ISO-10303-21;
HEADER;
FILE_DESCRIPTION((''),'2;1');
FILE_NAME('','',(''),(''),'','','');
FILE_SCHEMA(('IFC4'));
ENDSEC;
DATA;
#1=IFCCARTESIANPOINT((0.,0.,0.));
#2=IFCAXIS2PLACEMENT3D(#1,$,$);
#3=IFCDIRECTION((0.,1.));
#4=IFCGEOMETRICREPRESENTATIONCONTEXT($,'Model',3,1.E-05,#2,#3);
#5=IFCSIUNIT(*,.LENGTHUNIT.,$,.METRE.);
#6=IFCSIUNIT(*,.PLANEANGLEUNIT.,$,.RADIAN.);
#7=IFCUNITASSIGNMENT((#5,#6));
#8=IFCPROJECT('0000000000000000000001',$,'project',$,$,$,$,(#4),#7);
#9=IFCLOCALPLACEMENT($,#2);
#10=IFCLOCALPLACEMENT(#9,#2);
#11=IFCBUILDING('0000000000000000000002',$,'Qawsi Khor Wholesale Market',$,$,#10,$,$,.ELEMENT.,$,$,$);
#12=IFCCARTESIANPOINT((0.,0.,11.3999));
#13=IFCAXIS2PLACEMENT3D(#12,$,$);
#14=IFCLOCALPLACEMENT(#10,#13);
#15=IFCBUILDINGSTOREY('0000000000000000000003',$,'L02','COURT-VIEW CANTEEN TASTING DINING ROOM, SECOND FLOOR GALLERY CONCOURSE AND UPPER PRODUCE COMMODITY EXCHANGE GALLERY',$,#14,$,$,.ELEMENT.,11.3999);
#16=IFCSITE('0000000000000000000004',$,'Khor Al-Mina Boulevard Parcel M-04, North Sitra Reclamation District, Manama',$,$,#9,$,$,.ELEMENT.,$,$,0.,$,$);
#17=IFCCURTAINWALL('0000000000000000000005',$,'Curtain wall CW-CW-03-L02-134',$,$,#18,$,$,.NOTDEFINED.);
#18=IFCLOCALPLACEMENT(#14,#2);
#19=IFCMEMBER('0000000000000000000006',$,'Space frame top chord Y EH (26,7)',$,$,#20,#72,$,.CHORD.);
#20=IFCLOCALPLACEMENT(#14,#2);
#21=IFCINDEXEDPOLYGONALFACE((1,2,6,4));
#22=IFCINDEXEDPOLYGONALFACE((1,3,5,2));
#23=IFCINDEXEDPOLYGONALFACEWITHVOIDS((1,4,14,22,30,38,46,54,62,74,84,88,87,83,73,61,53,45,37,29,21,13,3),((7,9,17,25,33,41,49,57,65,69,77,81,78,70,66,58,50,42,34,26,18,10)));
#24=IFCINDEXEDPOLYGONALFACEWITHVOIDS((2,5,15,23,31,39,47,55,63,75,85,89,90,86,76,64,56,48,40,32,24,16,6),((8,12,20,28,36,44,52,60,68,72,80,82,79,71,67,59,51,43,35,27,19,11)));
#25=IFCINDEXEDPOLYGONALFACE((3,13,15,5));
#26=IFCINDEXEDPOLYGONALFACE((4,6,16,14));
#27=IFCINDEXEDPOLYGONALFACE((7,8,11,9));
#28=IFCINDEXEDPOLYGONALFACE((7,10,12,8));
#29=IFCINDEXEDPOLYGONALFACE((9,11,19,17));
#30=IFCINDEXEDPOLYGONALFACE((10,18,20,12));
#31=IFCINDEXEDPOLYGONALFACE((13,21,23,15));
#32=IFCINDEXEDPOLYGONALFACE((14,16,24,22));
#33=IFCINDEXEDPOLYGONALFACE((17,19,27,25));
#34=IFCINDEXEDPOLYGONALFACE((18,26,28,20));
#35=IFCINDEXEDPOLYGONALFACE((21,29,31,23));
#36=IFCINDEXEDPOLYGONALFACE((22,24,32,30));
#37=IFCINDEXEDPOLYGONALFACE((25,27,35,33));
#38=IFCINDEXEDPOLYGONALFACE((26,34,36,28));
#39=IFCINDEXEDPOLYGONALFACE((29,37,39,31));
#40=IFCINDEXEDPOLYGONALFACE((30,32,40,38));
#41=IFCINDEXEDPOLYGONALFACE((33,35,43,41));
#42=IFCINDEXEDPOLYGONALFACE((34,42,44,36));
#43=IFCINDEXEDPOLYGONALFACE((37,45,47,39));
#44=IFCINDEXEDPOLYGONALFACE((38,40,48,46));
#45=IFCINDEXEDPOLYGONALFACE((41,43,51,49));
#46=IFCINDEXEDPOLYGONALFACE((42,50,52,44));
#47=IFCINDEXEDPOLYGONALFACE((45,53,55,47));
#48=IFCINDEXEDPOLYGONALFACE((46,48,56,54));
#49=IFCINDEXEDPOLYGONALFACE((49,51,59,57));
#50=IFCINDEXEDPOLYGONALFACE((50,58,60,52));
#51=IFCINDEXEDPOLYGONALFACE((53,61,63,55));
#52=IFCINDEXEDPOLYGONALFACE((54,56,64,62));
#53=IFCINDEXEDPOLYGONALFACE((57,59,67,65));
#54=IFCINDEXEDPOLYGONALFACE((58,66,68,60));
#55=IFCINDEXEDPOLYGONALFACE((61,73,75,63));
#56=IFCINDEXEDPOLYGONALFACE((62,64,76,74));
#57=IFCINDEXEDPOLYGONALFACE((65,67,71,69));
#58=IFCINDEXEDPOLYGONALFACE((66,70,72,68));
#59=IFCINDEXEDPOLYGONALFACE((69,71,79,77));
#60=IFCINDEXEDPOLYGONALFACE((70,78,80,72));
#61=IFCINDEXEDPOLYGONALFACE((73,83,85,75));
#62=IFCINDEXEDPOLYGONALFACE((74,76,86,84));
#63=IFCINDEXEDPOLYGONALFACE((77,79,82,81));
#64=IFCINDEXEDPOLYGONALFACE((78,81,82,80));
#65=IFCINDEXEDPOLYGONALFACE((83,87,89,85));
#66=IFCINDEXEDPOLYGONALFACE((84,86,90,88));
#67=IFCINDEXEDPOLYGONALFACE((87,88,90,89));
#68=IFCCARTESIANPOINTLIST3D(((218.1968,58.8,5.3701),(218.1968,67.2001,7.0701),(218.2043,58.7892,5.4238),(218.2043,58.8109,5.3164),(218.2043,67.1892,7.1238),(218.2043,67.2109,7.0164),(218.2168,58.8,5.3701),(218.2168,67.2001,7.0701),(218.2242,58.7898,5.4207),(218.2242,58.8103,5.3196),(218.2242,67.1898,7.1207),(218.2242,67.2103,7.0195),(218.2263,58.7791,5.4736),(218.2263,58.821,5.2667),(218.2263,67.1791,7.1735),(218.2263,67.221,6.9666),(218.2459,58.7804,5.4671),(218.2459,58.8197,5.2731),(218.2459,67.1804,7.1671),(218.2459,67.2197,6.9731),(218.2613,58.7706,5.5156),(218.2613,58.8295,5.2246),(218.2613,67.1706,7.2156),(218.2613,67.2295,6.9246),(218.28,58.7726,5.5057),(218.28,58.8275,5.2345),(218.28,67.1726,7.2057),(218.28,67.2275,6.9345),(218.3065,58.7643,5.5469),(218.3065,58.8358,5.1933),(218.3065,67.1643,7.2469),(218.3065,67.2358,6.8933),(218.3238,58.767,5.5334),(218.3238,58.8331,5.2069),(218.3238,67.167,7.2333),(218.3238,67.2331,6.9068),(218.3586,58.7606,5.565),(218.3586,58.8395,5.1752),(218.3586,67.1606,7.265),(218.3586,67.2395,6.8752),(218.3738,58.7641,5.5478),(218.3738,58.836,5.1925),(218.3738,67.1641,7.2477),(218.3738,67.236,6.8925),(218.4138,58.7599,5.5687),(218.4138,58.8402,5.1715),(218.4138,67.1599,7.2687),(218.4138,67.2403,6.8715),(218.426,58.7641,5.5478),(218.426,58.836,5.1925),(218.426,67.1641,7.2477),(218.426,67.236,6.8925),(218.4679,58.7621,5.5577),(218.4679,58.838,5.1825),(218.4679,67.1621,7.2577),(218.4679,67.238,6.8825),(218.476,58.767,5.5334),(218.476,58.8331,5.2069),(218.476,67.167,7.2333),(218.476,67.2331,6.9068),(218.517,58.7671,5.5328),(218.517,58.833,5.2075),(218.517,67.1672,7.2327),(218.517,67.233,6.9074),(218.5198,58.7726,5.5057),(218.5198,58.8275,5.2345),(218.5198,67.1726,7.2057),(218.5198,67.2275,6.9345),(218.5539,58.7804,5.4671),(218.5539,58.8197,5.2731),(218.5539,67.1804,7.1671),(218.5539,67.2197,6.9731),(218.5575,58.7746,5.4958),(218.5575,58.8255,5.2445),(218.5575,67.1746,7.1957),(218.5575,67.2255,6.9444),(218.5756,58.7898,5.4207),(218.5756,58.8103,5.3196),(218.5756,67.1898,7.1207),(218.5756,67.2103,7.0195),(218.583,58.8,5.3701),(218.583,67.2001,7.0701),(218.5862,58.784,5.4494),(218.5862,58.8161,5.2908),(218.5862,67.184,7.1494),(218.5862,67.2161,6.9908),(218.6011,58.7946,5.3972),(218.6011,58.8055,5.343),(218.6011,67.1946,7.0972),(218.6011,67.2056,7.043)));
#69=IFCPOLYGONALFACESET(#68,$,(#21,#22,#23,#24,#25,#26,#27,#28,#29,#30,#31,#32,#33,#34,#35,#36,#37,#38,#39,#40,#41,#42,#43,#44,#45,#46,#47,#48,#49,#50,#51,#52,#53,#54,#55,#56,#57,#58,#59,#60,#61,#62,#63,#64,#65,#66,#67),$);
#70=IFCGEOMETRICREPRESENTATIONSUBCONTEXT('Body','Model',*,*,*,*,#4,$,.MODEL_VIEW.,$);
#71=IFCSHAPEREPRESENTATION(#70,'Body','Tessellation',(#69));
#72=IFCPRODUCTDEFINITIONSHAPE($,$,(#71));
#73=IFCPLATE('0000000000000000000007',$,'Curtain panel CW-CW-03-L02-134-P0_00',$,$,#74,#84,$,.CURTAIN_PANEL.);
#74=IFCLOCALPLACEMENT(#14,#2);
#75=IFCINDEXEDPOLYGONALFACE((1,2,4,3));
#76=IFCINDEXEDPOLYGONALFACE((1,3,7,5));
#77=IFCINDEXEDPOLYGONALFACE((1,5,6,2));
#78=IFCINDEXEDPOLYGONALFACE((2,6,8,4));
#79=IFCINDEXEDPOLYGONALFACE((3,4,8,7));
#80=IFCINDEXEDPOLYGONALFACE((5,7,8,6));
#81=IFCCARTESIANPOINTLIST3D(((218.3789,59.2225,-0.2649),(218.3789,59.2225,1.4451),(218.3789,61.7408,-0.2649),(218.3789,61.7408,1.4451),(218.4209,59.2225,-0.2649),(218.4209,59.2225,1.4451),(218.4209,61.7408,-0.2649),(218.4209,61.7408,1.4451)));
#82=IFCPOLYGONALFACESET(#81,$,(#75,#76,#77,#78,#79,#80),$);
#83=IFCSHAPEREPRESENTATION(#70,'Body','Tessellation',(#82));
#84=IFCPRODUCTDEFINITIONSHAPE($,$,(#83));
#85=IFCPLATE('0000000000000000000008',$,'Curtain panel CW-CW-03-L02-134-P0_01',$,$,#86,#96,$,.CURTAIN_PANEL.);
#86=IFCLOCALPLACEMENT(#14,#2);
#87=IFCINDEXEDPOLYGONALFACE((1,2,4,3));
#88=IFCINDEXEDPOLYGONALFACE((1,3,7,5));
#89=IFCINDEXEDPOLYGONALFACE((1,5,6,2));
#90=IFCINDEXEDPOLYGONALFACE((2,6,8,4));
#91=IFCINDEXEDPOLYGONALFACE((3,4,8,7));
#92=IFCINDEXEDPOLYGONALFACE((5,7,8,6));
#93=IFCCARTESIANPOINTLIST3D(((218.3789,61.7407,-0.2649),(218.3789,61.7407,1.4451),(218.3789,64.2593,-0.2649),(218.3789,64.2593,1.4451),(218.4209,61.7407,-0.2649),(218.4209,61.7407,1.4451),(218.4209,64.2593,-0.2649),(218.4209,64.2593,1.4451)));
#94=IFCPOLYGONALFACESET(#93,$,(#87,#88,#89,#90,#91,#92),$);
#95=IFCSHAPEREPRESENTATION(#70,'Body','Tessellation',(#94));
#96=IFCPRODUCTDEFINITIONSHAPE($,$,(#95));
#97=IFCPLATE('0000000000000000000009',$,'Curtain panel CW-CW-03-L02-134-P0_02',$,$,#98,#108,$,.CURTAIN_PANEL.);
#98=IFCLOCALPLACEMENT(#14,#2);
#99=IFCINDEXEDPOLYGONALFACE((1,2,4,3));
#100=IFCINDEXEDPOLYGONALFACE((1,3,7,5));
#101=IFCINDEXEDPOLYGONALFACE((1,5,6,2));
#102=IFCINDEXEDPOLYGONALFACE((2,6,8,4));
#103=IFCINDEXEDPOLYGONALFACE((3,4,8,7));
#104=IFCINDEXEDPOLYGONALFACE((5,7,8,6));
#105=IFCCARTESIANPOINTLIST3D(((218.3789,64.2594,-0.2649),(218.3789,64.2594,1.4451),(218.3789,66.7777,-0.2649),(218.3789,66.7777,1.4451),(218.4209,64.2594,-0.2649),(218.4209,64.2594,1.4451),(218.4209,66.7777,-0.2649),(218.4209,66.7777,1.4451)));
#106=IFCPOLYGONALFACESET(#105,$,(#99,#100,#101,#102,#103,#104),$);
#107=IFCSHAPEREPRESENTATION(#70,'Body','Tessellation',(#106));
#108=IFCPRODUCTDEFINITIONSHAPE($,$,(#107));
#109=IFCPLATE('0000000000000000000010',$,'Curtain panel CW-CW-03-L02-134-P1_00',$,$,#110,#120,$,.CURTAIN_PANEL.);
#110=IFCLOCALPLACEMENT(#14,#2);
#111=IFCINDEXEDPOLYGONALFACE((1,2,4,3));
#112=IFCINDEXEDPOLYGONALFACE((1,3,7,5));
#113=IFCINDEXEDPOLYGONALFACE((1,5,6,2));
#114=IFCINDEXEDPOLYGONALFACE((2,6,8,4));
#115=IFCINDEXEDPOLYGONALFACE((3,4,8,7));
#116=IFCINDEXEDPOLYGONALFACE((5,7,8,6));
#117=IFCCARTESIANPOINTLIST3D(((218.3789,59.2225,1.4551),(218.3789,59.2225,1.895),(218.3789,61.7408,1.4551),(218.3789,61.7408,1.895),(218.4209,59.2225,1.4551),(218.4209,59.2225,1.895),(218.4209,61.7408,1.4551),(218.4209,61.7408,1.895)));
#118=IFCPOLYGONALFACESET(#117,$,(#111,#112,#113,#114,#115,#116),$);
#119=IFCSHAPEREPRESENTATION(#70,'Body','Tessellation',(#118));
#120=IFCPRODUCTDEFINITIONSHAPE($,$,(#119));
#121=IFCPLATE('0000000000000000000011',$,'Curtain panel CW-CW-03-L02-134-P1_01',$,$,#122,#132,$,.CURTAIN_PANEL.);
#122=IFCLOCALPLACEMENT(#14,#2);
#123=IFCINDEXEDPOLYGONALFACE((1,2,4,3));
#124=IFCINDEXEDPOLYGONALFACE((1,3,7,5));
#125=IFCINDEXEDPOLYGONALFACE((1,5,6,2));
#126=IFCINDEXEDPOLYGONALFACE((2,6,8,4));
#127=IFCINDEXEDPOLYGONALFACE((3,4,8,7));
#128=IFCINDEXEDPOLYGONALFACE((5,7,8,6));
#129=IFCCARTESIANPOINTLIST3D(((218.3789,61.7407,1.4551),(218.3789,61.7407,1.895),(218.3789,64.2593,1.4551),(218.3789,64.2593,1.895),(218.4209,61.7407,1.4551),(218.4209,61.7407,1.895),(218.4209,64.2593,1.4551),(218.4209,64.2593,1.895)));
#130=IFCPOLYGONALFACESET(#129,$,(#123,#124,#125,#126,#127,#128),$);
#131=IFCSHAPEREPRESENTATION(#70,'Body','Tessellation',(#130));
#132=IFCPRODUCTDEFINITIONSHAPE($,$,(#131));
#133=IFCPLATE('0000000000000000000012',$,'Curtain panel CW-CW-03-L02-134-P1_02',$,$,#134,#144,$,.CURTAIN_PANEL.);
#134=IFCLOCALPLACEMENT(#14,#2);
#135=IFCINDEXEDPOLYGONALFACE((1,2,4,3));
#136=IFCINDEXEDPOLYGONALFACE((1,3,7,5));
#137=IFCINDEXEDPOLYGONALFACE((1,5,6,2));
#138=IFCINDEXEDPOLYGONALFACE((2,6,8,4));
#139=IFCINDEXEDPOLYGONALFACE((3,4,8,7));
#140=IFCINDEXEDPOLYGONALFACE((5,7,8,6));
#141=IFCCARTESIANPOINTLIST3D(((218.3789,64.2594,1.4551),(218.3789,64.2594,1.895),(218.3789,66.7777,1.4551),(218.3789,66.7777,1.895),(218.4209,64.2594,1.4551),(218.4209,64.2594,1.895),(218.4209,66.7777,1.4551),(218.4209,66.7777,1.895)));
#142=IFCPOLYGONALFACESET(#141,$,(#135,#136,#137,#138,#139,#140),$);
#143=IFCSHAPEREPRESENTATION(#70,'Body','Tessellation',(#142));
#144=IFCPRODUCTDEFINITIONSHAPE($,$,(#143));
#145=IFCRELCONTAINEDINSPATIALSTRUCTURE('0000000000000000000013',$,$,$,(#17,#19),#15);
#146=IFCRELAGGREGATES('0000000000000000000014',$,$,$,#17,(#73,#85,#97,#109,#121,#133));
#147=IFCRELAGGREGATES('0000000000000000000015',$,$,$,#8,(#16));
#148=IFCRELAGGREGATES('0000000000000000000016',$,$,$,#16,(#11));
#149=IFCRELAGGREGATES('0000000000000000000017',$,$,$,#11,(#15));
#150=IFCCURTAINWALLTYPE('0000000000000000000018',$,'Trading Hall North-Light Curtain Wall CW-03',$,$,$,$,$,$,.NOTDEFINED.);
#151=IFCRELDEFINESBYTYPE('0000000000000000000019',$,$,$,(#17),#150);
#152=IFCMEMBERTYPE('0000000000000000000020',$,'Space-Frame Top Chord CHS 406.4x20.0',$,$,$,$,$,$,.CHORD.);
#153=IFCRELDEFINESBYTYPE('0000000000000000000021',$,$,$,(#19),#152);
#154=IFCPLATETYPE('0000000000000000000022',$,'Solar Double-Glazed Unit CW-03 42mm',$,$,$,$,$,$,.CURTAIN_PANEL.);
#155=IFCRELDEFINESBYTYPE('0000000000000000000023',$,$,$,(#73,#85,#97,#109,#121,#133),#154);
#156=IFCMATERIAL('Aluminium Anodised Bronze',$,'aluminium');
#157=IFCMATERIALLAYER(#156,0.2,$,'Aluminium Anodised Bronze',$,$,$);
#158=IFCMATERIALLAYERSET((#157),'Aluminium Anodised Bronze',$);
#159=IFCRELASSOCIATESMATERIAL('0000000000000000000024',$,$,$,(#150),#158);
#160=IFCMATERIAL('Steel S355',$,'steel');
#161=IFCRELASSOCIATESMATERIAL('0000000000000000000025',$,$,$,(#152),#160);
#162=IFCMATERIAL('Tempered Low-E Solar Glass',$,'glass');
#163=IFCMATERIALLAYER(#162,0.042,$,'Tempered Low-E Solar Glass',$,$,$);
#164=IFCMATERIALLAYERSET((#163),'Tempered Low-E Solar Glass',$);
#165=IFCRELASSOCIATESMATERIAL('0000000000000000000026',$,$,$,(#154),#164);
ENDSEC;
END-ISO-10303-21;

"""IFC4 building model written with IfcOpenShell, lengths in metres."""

from ifc_helpers import new_model, si_unit, direction, frame, frame_2d, origin, origin_2d, place, context, subcontext, project, spatial, rectangle, hollow_circle, extrude, material, layer, layer_set, material_profile, profile_set, type_object, element, aggregate, save


model = new_model("IFC4")

# Units and contexts
model_context = context("Model", 3, precision=1e-05, world=origin(), true_north=direction((0.0, 1.0)))
body_context = subcontext(model_context, "Body", "Model", "MODEL_VIEW")
ifc_project = project(units=[si_unit("LENGTHUNIT", "METRE"), si_unit("PLANEANGLEUNIT", "RADIAN")], contexts=[model_context])

# Site, building, storey
site_placement = place(None, origin())
site = spatial("IfcSite", under=ifc_project, at=site_placement, Name="Khor Al-Mina Boulevard Parcel M-04, North Sitra Reclamation District, Manama", CompositionType="ELEMENT", RefElevation=0.0)
building_placement = place(site_placement, origin())
building = spatial("IfcBuilding", under=site, at=building_placement, Name="Qawsi Khor Wholesale Market", CompositionType="ELEMENT")
storey_placement = place(building_placement, frame((0.0, 0.0, 11.3999)))
storey = spatial("IfcBuildingStorey", under=building, at=storey_placement, Name="L02", Description="COURT-VIEW CANTEEN TASTING DINING ROOM, SECOND FLOOR GALLERY CONCOURSE AND UPPER PRODUCE COMMODITY EXCHANGE GALLERY", CompositionType="ELEMENT", Elevation=11.3999)

# Curtain wall
ifc_material_1 = material(Name="Aluminium Anodised Bronze", Category="aluminium")
ifc_layer_1 = layer(ifc_material_1, 0.2, Name="Aluminium Anodised Bronze")
ifc_layer_set_1 = layer_set([ifc_layer_1], Name="Aluminium Anodised Bronze")
curtain_wall_type = type_object("IfcCurtainWallType", Name="Trading Hall North-Light Curtain Wall CW-03", PredefinedType="NOTDEFINED", material=ifc_layer_set_1)
curtain_wall_placement = place(storey_placement, origin())
curtain_wall = element("IfcCurtainWall", 1, at=curtain_wall_placement, inside=storey, type_object=curtain_wall_type, Name="Curtain wall CW-CW-03-L02-134", PredefinedType="NOTDEFINED")

# Member
ifc_material_2 = material(Name="Steel S355", Category="steel")
ifc_material_profile_1 = material_profile(ifc_material_2, hollow_circle(Radius=0.2031, WallThickness=0.02, at=origin_2d()), Name="CHS 406.4x20.0")
ifc_profile_set_1 = profile_set([ifc_material_profile_1], Name="Steel S355")
member_type_1 = type_object("IfcMemberType", Name="Space-Frame Top Chord CHS 406.4x20.0", PredefinedType="CHORD", material=ifc_profile_set_1)
member_1_placement = place(storey_placement, frame((218.3999, 58.8, 5.3701), z_axis=(0.0, 0.98013, 0.198356), x_axis=(-1.0, 0.0, 0.0)))
element("IfcMember", 2, at=member_1_placement, inside=storey, type_object=member_type_1, Name="Space frame top chord Y EH (26,7)", PredefinedType="CHORD", context=body_context, shape_type="SweptSolid", body=[
    extrude(hollow_circle(Radius=0.2031, WallThickness=0.02, at=origin_2d()), origin(), (0.0, 0.0, 1.0), 8.5703),
])

# Plates
ifc_material_3 = material(Name="Tempered Low-E Solar Glass", Category="glass")
ifc_layer_2 = layer(ifc_material_3, 0.042, Name="Tempered Low-E Solar Glass")
ifc_layer_set_2 = layer_set([ifc_layer_2], Name="Tempered Low-E Solar Glass")
plate_type = type_object("IfcPlateType", Name="Solar Double-Glazed Unit CW-03 42mm", PredefinedType="CURTAIN_PANEL", material=ifc_layer_set_2)
plate_1_placement = place(storey_placement, frame((218.3999, 59.2224, -0.2649), z_axis=(0.0, 0.0, 1.0), x_axis=(0.0, 1.0, 0.0)))
plate_1 = element("IfcPlate", 3, at=plate_1_placement, type_object=plate_type, Name="Curtain panel CW-CW-03-L02-134-P0_00", PredefinedType="CURTAIN_PANEL", context=body_context, shape_type="SweptSolid", body=[
    extrude(rectangle(XDim=2.5183, YDim=0.042, at=frame_2d((1.2593, 0.0))), origin(), (0.0, 0.0, 1.0), 1.71),
])
plate_2_placement = place(storey_placement, frame((218.3999, 61.7407, -0.2649), z_axis=(0.0, 0.0, 1.0), x_axis=(0.0, 1.0, 0.0)))
plate_2 = element("IfcPlate", 4, at=plate_2_placement, type_object=plate_type, Name="Curtain panel CW-CW-03-L02-134-P0_01", PredefinedType="CURTAIN_PANEL", context=body_context, shape_type="SweptSolid", body=[
    extrude(rectangle(XDim=2.5186, YDim=0.042, at=frame_2d((1.2593, 0.0))), origin(), (0.0, 0.0, 1.0), 1.71),
])
plate_3_placement = place(storey_placement, frame((218.3999, 64.2593, -0.2649), z_axis=(0.0, 0.0, 1.0), x_axis=(0.0, 1.0, 0.0)))
plate_3 = element("IfcPlate", 5, at=plate_3_placement, type_object=plate_type, Name="Curtain panel CW-CW-03-L02-134-P0_02", PredefinedType="CURTAIN_PANEL", context=body_context, shape_type="SweptSolid", body=[
    extrude(rectangle(XDim=2.5183, YDim=0.042, at=frame_2d((1.2593, 0.0))), origin(), (0.0, 0.0, 1.0), 1.71),
])
plate_4_placement = place(storey_placement, frame((218.3999, 59.2224, 1.4551), z_axis=(0.0, 0.0, 1.0), x_axis=(0.0, 1.0, 0.0)))
plate_4 = element("IfcPlate", 6, at=plate_4_placement, type_object=plate_type, Name="Curtain panel CW-CW-03-L02-134-P1_00", PredefinedType="CURTAIN_PANEL", context=body_context, shape_type="SweptSolid", body=[
    extrude(rectangle(XDim=2.5183, YDim=0.042, at=frame_2d((1.2593, 0.0))), origin(), (0.0, 0.0, 1.0), 0.4399),
])
plate_5_placement = place(storey_placement, frame((218.3999, 61.7407, 1.4551), z_axis=(0.0, 0.0, 1.0), x_axis=(0.0, 1.0, 0.0)))
plate_5 = element("IfcPlate", 7, at=plate_5_placement, type_object=plate_type, Name="Curtain panel CW-CW-03-L02-134-P1_01", PredefinedType="CURTAIN_PANEL", context=body_context, shape_type="SweptSolid", body=[
    extrude(rectangle(XDim=2.5186, YDim=0.042, at=frame_2d((1.2593, 0.0))), origin(), (0.0, 0.0, 1.0), 0.4399),
])
plate_6_placement = place(storey_placement, frame((218.3999, 64.2593, 1.4551), z_axis=(0.0, 0.0, 1.0), x_axis=(0.0, 1.0, 0.0)))
plate_6 = element("IfcPlate", 8, at=plate_6_placement, type_object=plate_type, Name="Curtain panel CW-CW-03-L02-134-P1_02", PredefinedType="CURTAIN_PANEL", context=body_context, shape_type="SweptSolid", body=[
    extrude(rectangle(XDim=2.5183, YDim=0.042, at=frame_2d((1.2593, 0.0))), origin(), (0.0, 0.0, 1.0), 0.4399),
])
aggregate(curtain_wall, [plate_1, plate_2, plate_3, plate_4, plate_5, plate_6])

save(model, "model.ifc")
